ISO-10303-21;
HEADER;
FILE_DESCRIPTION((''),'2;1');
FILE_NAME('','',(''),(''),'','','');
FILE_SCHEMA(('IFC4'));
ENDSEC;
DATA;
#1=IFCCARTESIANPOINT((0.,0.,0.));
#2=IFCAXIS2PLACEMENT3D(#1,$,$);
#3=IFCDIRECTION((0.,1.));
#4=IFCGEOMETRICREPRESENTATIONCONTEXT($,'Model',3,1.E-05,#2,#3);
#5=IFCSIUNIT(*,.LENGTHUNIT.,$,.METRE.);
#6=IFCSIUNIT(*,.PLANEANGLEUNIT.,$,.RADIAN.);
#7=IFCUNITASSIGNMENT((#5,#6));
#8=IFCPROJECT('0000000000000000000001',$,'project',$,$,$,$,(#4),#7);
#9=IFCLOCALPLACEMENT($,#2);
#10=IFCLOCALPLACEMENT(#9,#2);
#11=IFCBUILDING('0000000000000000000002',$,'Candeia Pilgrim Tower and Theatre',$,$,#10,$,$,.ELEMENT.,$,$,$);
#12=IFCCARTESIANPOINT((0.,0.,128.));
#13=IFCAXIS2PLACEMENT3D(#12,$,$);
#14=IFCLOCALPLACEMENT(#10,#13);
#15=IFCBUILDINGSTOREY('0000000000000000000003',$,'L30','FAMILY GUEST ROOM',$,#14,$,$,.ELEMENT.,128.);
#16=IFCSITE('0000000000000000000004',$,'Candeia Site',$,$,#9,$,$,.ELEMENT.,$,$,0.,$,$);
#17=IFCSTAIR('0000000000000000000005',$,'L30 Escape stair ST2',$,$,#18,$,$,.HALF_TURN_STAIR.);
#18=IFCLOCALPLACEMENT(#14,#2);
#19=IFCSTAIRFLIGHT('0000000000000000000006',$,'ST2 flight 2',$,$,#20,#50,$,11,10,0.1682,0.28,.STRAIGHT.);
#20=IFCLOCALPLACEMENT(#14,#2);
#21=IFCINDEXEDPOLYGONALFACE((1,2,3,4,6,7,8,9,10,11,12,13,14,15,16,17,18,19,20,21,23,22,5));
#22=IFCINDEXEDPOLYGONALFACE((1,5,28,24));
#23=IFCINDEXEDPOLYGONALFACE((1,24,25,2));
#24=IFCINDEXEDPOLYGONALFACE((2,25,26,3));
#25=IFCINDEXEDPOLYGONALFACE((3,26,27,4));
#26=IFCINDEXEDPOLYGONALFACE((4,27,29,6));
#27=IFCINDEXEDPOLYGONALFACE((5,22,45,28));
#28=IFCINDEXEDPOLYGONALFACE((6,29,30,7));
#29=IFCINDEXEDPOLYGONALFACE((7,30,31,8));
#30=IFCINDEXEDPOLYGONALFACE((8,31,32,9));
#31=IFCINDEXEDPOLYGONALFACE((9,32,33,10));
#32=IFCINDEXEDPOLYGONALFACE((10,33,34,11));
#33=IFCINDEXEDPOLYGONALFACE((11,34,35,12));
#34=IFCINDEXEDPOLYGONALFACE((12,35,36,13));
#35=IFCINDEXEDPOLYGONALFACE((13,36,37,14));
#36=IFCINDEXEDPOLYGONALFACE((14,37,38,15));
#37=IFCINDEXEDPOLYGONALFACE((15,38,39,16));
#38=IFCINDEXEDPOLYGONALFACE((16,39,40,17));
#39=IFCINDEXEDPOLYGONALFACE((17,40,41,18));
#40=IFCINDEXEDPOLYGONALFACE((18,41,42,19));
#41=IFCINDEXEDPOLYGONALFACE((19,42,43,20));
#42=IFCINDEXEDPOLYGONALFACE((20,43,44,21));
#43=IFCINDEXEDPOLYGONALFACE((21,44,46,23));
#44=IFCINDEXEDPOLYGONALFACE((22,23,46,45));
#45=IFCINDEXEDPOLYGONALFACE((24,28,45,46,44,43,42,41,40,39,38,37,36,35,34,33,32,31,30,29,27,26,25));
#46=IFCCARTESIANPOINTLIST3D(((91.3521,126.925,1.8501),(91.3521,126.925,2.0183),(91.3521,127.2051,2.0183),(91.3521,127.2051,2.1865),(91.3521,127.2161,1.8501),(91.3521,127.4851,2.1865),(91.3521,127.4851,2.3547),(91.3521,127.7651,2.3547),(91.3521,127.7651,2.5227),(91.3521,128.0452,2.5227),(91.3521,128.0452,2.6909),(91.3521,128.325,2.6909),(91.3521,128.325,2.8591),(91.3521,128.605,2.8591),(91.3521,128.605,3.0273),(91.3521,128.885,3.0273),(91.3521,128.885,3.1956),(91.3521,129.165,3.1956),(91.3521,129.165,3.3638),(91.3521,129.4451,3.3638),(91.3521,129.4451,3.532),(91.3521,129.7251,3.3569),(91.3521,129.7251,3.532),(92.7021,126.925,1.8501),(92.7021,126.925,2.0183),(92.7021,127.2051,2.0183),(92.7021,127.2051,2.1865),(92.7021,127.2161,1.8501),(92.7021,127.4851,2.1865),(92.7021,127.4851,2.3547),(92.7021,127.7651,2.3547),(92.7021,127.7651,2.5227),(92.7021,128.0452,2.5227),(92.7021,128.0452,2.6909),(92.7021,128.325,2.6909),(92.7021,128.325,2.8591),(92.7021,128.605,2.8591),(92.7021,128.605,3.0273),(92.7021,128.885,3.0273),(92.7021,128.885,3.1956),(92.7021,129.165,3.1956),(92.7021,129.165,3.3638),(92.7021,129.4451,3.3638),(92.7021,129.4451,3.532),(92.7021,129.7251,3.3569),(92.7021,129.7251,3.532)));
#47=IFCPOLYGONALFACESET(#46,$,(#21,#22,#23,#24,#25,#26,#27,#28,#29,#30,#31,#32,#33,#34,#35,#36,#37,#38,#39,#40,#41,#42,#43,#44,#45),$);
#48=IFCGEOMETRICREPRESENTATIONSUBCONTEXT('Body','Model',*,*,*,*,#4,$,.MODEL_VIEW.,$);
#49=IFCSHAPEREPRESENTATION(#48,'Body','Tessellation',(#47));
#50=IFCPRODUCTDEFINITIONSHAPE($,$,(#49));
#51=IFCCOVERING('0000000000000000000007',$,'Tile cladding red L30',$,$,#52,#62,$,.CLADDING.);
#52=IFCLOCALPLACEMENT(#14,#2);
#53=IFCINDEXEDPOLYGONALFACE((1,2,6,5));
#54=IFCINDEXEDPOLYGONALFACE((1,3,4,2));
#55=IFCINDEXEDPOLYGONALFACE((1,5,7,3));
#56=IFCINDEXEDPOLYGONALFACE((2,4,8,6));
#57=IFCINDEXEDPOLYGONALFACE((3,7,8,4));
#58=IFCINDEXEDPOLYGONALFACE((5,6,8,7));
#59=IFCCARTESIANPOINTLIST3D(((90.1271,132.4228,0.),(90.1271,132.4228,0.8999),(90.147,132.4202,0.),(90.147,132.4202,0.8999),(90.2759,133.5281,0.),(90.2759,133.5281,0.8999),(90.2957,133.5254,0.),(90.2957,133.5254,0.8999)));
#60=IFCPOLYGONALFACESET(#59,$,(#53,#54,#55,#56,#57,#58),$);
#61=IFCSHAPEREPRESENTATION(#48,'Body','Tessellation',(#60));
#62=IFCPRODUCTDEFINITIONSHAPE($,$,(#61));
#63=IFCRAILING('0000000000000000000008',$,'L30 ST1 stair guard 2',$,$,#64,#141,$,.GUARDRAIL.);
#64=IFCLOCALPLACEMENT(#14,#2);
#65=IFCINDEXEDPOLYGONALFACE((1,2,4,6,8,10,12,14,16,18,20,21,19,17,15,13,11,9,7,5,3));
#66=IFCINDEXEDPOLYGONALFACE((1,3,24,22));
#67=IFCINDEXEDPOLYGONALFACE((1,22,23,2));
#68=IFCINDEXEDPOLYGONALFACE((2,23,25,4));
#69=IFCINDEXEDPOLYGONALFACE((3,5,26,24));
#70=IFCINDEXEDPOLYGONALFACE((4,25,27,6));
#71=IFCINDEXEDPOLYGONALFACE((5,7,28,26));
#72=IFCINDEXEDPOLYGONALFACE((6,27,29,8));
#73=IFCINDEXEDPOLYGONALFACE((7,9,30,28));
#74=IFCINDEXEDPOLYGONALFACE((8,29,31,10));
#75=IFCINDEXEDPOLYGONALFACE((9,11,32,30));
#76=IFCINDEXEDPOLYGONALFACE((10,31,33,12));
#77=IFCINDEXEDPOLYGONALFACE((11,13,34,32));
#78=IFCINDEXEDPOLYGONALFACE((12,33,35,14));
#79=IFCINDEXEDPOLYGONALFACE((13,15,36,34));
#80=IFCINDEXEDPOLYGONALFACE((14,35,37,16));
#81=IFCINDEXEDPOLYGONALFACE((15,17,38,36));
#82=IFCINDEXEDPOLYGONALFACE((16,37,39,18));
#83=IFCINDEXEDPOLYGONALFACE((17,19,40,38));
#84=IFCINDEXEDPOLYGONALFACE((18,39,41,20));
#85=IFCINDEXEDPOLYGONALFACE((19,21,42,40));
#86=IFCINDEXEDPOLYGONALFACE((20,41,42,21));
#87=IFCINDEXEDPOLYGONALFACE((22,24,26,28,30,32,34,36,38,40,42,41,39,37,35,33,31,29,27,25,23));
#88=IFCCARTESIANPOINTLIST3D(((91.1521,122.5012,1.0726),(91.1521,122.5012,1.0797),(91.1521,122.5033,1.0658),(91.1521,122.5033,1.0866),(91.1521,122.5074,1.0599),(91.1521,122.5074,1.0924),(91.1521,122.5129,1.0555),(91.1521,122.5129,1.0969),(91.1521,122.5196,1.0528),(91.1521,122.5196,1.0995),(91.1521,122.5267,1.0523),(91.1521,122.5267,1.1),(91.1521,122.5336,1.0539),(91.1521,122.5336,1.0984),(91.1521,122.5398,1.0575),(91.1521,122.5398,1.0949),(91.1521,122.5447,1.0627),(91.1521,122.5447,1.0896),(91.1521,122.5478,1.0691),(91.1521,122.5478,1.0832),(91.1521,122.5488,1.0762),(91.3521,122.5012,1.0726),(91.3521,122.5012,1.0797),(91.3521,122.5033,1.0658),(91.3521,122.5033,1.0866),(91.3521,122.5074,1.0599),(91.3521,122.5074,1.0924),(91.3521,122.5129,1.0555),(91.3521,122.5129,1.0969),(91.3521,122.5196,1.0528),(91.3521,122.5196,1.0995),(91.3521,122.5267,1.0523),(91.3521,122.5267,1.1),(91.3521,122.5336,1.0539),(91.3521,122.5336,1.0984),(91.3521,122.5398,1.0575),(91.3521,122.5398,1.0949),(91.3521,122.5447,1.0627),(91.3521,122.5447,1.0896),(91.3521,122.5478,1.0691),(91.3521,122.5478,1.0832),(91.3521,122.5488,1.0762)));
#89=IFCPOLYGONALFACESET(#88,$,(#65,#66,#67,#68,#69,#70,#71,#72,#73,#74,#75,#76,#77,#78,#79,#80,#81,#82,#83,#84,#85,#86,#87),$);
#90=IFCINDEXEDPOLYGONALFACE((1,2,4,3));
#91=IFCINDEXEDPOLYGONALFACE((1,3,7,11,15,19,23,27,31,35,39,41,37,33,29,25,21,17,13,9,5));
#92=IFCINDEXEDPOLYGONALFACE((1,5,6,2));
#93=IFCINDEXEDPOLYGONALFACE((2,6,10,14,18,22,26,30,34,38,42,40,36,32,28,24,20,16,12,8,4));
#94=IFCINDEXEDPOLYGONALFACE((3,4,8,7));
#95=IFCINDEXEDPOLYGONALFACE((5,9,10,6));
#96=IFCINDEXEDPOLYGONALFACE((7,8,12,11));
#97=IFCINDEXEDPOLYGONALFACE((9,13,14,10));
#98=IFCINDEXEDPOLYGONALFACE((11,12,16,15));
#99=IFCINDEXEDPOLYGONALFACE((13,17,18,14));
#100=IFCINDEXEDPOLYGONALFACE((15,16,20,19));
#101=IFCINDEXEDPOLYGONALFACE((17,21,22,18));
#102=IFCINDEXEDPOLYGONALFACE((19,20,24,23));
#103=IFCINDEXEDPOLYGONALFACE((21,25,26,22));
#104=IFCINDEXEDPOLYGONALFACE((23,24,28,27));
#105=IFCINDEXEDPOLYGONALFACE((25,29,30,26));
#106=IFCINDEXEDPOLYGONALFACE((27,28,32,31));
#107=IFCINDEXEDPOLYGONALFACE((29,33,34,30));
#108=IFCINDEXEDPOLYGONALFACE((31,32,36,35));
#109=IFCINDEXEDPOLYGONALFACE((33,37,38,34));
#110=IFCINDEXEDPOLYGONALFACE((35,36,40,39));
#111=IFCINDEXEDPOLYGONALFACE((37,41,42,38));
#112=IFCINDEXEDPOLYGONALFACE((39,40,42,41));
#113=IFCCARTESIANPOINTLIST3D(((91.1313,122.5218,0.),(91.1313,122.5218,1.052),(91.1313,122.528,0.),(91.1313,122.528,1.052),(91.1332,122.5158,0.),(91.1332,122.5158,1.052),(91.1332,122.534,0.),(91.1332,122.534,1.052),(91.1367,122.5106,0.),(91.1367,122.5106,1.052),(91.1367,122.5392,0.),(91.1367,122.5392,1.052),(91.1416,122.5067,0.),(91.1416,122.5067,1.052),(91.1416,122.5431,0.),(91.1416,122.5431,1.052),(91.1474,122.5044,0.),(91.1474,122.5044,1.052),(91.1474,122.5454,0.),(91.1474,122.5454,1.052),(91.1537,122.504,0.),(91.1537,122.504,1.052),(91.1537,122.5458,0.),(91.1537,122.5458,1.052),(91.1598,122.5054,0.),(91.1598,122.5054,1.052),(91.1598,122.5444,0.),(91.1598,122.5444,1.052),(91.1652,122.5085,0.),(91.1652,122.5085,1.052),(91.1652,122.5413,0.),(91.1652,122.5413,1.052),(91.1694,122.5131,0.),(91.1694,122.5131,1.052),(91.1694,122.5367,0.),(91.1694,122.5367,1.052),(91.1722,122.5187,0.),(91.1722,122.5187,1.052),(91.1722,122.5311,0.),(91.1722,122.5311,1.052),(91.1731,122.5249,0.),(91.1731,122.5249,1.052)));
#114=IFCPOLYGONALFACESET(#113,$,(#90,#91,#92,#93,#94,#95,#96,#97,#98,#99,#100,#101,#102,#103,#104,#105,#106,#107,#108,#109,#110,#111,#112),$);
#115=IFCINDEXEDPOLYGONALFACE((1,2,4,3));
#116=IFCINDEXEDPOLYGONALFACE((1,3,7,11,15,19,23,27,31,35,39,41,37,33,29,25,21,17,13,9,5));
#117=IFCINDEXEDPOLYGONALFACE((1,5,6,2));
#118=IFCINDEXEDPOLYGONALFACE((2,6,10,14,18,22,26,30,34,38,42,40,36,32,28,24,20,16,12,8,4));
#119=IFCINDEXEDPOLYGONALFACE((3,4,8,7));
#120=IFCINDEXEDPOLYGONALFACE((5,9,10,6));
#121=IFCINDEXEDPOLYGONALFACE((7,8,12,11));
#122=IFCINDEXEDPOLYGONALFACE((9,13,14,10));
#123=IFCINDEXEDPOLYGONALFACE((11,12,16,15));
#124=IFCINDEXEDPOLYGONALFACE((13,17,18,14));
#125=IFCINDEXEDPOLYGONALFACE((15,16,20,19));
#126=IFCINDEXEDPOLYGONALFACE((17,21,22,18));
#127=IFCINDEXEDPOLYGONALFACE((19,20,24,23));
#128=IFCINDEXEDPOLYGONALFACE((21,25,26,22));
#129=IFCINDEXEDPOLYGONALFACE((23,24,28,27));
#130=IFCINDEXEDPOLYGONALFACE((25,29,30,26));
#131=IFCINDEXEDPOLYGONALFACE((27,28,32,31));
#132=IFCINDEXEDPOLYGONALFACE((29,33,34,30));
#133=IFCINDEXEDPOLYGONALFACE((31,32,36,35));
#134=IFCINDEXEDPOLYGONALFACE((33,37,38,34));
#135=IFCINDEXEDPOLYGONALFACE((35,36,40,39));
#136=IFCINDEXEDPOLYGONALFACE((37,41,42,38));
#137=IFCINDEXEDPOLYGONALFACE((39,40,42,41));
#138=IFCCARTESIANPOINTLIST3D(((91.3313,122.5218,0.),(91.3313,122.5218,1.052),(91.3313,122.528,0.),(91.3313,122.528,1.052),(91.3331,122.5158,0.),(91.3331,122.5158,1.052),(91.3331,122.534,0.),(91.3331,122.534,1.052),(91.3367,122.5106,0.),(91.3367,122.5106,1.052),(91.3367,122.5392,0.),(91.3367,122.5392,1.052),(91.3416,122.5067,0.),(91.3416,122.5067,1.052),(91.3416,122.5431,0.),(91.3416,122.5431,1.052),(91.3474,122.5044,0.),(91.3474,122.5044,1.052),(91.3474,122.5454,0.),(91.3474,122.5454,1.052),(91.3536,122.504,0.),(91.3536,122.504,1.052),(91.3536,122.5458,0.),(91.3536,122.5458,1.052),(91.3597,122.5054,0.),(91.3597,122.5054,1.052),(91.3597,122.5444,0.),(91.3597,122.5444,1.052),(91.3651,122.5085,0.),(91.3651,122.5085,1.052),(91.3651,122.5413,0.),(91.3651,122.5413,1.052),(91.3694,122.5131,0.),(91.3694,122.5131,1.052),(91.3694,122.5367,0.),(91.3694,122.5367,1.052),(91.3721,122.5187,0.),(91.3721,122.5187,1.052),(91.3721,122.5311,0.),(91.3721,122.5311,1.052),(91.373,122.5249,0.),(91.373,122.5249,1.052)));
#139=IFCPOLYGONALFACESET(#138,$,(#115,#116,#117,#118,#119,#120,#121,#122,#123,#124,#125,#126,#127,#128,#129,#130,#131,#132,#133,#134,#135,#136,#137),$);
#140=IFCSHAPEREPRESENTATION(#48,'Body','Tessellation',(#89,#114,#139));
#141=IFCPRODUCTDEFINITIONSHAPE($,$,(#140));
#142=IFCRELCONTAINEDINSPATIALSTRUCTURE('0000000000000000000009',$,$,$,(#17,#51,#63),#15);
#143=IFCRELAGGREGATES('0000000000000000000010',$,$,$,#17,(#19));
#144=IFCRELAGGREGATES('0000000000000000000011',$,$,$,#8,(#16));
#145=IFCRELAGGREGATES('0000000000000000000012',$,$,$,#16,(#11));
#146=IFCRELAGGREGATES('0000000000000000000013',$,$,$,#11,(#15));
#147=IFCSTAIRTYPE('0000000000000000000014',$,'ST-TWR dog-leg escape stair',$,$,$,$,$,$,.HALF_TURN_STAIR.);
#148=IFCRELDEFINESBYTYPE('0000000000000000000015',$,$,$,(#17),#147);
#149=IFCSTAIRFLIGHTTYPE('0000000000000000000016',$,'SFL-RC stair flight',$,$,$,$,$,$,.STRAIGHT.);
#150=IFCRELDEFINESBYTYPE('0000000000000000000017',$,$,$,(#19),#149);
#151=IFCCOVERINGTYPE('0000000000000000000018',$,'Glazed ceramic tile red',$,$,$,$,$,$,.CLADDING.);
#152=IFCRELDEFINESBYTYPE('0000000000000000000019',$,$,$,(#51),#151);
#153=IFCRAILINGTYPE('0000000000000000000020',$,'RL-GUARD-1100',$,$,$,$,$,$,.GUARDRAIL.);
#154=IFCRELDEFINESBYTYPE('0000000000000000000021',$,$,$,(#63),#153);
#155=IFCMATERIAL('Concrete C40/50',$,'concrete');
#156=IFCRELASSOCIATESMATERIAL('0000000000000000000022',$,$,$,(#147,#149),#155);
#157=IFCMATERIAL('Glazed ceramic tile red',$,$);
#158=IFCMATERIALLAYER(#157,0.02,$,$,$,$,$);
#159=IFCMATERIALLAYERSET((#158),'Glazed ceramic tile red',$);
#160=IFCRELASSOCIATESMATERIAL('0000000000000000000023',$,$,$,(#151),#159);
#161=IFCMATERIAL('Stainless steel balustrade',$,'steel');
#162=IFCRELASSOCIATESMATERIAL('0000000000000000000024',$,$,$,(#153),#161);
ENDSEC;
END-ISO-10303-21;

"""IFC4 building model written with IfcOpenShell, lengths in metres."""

from ifc_helpers import new_model, si_unit, direction, frame, origin, origin_2d, place, context, subcontext, project, spatial, polyline, rectangle, circle, outline, extrude, material, layer, layer_set, type_object, element, aggregate, save


model = new_model("IFC4")

# Units and contexts
model_context = context("Model", 3, precision=1e-05, world=origin(), true_north=direction((0.0, 1.0)))
body_context = subcontext(model_context, "Body", "Model", "MODEL_VIEW")
ifc_project = project(units=[si_unit("LENGTHUNIT", "METRE"), si_unit("PLANEANGLEUNIT", "RADIAN")], contexts=[model_context])

# Site, building, storey
site_placement = place(None, origin())
site = spatial("IfcSite", under=ifc_project, at=site_placement, Name="Candeia Site", CompositionType="ELEMENT", RefElevation=0.0)
building_placement = place(site_placement, origin())
building = spatial("IfcBuilding", under=site, at=building_placement, Name="Candeia Pilgrim Tower and Theatre", CompositionType="ELEMENT")
storey_placement = place(building_placement, frame((0.0, 0.0, 128.0)))
storey = spatial("IfcBuildingStorey", under=building, at=storey_placement, Name="L30", Description="FAMILY GUEST ROOM", CompositionType="ELEMENT", Elevation=128.0)

# Shared definitions
ifc_material_1 = material(Name="Concrete C40/50", Category="concrete")

# Stair, stair flight
stair_type = type_object("IfcStairType", Name="ST-TWR dog-leg escape stair", PredefinedType="HALF_TURN_STAIR", material=ifc_material_1)
stair_flight_type = type_object("IfcStairFlightType", Name="SFL-RC stair flight", PredefinedType="STRAIGHT", material=ifc_material_1)
stair_1_placement = place(storey_placement, origin())
stair_1 = element("IfcStair", 1, at=stair_1_placement, inside=storey, type_object=stair_type, Name="L30 Escape stair ST2", PredefinedType="HALF_TURN_STAIR")
stair_flight_1_placement = place(storey_placement, frame((92.0271, 126.925, 1.8501), z_axis=(0.0, 0.0, 1.0), x_axis=(0.0, 1.0, 0.0)))
stair_flight_1 = element("IfcStairFlight", 2, at=stair_flight_1_placement, type_object=stair_flight_type, Name="ST2 flight 2", NumberOfRisers=11, NumberOfTreads=10, PredefinedType="STRAIGHT", RiserHeight=0.1682, TreadLength=0.28, context=body_context, shape_type="SweptSolid", body=[
    extrude(outline(polyline([(0.0, 0.0), (0.0, 0.1682), (0.28, 0.1682), (0.28, 0.3364), (0.5601, 0.3364), (0.5601, 0.5046), (0.8401, 0.5046), (0.8401, 0.6726), (1.1201, 0.6726), (1.1201, 0.8408), (1.3999, 0.8408), (1.3999, 1.009), (1.6799, 1.009), (1.6799, 1.1772), (1.96, 1.1772), (1.96, 1.3455), (2.24, 1.3455), (2.24, 1.5137), (2.52, 1.5137), (2.52, 1.6819), (2.8, 1.6819), (2.8, 1.8501), (2.8, 1.5068), (0.291, 0.0), (0.0, 0.0)])), frame((0.0, 0.675, 0.0), z_axis=(0.0, -1.0, 0.0), x_axis=(1.0, 0.0, 0.0)), (0.0, 0.0, 1.0), 1.3501),
])
aggregate(stair_1, [stair_flight_1])

# Shared definitions
ifc_material_2 = material(Name="Stainless steel balustrade", Category="steel")

# Covering
ifc_material_3 = material(Name="Glazed ceramic tile red")
ifc_layer_1 = layer(ifc_material_3, 0.02)
ifc_layer_set_1 = layer_set([ifc_layer_1], Name="Glazed ceramic tile red")
covering_type = type_object("IfcCoveringType", Name="Glazed ceramic tile red", PredefinedType="CLADDING", material=ifc_layer_set_1)
covering_placement = place(storey_placement, frame((90.2114, 132.9741, 0.0), z_axis=(0.0, 0.0, 1.0), x_axis=(-0.133412, -0.991061, 0.0)))
element("IfcCovering", 3, at=covering_placement, inside=storey, type_object=covering_type, Name="Tile cladding red L30", PredefinedType="CLADDING", context=body_context, shape_type="SweptSolid", body=[
    extrude(rectangle(XDim=1.1152, YDim=0.02, at=origin_2d()), origin(), (0.0, 0.0, 1.0), 0.8999),
])

# Railing
railing_type_1 = type_object("IfcRailingType", Name="RL-GUARD-1100", PredefinedType="GUARDRAIL", material=ifc_material_2)
railing_1_placement = place(storey_placement, frame((91.1521, 122.5249, 0.0)))
element("IfcRailing", 4, at=railing_1_placement, inside=storey, type_object=railing_type_1, Name="L30 ST1 stair guard 2", PredefinedType="GUARDRAIL", context=body_context, shape_type="SweptSolid", body=[
    extrude(circle(Radius=0.0239, at=origin_2d()), frame((0.0, 0.0, 1.0762), z_axis=(1.0, 0.0, 0.0), x_axis=(0.0, 1.0, 0.0)), (0.0, 0.0, 1.0), 0.2),
    extrude(circle(Radius=0.021, at=origin_2d()), origin(), (0.0, 0.0, 1.0), 1.052),
    extrude(circle(Radius=0.021, at=origin_2d()), frame((0.2, 0.0, 0.0)), (0.0, 0.0, 1.0), 1.052),
])

save(model, "model.ifc")
